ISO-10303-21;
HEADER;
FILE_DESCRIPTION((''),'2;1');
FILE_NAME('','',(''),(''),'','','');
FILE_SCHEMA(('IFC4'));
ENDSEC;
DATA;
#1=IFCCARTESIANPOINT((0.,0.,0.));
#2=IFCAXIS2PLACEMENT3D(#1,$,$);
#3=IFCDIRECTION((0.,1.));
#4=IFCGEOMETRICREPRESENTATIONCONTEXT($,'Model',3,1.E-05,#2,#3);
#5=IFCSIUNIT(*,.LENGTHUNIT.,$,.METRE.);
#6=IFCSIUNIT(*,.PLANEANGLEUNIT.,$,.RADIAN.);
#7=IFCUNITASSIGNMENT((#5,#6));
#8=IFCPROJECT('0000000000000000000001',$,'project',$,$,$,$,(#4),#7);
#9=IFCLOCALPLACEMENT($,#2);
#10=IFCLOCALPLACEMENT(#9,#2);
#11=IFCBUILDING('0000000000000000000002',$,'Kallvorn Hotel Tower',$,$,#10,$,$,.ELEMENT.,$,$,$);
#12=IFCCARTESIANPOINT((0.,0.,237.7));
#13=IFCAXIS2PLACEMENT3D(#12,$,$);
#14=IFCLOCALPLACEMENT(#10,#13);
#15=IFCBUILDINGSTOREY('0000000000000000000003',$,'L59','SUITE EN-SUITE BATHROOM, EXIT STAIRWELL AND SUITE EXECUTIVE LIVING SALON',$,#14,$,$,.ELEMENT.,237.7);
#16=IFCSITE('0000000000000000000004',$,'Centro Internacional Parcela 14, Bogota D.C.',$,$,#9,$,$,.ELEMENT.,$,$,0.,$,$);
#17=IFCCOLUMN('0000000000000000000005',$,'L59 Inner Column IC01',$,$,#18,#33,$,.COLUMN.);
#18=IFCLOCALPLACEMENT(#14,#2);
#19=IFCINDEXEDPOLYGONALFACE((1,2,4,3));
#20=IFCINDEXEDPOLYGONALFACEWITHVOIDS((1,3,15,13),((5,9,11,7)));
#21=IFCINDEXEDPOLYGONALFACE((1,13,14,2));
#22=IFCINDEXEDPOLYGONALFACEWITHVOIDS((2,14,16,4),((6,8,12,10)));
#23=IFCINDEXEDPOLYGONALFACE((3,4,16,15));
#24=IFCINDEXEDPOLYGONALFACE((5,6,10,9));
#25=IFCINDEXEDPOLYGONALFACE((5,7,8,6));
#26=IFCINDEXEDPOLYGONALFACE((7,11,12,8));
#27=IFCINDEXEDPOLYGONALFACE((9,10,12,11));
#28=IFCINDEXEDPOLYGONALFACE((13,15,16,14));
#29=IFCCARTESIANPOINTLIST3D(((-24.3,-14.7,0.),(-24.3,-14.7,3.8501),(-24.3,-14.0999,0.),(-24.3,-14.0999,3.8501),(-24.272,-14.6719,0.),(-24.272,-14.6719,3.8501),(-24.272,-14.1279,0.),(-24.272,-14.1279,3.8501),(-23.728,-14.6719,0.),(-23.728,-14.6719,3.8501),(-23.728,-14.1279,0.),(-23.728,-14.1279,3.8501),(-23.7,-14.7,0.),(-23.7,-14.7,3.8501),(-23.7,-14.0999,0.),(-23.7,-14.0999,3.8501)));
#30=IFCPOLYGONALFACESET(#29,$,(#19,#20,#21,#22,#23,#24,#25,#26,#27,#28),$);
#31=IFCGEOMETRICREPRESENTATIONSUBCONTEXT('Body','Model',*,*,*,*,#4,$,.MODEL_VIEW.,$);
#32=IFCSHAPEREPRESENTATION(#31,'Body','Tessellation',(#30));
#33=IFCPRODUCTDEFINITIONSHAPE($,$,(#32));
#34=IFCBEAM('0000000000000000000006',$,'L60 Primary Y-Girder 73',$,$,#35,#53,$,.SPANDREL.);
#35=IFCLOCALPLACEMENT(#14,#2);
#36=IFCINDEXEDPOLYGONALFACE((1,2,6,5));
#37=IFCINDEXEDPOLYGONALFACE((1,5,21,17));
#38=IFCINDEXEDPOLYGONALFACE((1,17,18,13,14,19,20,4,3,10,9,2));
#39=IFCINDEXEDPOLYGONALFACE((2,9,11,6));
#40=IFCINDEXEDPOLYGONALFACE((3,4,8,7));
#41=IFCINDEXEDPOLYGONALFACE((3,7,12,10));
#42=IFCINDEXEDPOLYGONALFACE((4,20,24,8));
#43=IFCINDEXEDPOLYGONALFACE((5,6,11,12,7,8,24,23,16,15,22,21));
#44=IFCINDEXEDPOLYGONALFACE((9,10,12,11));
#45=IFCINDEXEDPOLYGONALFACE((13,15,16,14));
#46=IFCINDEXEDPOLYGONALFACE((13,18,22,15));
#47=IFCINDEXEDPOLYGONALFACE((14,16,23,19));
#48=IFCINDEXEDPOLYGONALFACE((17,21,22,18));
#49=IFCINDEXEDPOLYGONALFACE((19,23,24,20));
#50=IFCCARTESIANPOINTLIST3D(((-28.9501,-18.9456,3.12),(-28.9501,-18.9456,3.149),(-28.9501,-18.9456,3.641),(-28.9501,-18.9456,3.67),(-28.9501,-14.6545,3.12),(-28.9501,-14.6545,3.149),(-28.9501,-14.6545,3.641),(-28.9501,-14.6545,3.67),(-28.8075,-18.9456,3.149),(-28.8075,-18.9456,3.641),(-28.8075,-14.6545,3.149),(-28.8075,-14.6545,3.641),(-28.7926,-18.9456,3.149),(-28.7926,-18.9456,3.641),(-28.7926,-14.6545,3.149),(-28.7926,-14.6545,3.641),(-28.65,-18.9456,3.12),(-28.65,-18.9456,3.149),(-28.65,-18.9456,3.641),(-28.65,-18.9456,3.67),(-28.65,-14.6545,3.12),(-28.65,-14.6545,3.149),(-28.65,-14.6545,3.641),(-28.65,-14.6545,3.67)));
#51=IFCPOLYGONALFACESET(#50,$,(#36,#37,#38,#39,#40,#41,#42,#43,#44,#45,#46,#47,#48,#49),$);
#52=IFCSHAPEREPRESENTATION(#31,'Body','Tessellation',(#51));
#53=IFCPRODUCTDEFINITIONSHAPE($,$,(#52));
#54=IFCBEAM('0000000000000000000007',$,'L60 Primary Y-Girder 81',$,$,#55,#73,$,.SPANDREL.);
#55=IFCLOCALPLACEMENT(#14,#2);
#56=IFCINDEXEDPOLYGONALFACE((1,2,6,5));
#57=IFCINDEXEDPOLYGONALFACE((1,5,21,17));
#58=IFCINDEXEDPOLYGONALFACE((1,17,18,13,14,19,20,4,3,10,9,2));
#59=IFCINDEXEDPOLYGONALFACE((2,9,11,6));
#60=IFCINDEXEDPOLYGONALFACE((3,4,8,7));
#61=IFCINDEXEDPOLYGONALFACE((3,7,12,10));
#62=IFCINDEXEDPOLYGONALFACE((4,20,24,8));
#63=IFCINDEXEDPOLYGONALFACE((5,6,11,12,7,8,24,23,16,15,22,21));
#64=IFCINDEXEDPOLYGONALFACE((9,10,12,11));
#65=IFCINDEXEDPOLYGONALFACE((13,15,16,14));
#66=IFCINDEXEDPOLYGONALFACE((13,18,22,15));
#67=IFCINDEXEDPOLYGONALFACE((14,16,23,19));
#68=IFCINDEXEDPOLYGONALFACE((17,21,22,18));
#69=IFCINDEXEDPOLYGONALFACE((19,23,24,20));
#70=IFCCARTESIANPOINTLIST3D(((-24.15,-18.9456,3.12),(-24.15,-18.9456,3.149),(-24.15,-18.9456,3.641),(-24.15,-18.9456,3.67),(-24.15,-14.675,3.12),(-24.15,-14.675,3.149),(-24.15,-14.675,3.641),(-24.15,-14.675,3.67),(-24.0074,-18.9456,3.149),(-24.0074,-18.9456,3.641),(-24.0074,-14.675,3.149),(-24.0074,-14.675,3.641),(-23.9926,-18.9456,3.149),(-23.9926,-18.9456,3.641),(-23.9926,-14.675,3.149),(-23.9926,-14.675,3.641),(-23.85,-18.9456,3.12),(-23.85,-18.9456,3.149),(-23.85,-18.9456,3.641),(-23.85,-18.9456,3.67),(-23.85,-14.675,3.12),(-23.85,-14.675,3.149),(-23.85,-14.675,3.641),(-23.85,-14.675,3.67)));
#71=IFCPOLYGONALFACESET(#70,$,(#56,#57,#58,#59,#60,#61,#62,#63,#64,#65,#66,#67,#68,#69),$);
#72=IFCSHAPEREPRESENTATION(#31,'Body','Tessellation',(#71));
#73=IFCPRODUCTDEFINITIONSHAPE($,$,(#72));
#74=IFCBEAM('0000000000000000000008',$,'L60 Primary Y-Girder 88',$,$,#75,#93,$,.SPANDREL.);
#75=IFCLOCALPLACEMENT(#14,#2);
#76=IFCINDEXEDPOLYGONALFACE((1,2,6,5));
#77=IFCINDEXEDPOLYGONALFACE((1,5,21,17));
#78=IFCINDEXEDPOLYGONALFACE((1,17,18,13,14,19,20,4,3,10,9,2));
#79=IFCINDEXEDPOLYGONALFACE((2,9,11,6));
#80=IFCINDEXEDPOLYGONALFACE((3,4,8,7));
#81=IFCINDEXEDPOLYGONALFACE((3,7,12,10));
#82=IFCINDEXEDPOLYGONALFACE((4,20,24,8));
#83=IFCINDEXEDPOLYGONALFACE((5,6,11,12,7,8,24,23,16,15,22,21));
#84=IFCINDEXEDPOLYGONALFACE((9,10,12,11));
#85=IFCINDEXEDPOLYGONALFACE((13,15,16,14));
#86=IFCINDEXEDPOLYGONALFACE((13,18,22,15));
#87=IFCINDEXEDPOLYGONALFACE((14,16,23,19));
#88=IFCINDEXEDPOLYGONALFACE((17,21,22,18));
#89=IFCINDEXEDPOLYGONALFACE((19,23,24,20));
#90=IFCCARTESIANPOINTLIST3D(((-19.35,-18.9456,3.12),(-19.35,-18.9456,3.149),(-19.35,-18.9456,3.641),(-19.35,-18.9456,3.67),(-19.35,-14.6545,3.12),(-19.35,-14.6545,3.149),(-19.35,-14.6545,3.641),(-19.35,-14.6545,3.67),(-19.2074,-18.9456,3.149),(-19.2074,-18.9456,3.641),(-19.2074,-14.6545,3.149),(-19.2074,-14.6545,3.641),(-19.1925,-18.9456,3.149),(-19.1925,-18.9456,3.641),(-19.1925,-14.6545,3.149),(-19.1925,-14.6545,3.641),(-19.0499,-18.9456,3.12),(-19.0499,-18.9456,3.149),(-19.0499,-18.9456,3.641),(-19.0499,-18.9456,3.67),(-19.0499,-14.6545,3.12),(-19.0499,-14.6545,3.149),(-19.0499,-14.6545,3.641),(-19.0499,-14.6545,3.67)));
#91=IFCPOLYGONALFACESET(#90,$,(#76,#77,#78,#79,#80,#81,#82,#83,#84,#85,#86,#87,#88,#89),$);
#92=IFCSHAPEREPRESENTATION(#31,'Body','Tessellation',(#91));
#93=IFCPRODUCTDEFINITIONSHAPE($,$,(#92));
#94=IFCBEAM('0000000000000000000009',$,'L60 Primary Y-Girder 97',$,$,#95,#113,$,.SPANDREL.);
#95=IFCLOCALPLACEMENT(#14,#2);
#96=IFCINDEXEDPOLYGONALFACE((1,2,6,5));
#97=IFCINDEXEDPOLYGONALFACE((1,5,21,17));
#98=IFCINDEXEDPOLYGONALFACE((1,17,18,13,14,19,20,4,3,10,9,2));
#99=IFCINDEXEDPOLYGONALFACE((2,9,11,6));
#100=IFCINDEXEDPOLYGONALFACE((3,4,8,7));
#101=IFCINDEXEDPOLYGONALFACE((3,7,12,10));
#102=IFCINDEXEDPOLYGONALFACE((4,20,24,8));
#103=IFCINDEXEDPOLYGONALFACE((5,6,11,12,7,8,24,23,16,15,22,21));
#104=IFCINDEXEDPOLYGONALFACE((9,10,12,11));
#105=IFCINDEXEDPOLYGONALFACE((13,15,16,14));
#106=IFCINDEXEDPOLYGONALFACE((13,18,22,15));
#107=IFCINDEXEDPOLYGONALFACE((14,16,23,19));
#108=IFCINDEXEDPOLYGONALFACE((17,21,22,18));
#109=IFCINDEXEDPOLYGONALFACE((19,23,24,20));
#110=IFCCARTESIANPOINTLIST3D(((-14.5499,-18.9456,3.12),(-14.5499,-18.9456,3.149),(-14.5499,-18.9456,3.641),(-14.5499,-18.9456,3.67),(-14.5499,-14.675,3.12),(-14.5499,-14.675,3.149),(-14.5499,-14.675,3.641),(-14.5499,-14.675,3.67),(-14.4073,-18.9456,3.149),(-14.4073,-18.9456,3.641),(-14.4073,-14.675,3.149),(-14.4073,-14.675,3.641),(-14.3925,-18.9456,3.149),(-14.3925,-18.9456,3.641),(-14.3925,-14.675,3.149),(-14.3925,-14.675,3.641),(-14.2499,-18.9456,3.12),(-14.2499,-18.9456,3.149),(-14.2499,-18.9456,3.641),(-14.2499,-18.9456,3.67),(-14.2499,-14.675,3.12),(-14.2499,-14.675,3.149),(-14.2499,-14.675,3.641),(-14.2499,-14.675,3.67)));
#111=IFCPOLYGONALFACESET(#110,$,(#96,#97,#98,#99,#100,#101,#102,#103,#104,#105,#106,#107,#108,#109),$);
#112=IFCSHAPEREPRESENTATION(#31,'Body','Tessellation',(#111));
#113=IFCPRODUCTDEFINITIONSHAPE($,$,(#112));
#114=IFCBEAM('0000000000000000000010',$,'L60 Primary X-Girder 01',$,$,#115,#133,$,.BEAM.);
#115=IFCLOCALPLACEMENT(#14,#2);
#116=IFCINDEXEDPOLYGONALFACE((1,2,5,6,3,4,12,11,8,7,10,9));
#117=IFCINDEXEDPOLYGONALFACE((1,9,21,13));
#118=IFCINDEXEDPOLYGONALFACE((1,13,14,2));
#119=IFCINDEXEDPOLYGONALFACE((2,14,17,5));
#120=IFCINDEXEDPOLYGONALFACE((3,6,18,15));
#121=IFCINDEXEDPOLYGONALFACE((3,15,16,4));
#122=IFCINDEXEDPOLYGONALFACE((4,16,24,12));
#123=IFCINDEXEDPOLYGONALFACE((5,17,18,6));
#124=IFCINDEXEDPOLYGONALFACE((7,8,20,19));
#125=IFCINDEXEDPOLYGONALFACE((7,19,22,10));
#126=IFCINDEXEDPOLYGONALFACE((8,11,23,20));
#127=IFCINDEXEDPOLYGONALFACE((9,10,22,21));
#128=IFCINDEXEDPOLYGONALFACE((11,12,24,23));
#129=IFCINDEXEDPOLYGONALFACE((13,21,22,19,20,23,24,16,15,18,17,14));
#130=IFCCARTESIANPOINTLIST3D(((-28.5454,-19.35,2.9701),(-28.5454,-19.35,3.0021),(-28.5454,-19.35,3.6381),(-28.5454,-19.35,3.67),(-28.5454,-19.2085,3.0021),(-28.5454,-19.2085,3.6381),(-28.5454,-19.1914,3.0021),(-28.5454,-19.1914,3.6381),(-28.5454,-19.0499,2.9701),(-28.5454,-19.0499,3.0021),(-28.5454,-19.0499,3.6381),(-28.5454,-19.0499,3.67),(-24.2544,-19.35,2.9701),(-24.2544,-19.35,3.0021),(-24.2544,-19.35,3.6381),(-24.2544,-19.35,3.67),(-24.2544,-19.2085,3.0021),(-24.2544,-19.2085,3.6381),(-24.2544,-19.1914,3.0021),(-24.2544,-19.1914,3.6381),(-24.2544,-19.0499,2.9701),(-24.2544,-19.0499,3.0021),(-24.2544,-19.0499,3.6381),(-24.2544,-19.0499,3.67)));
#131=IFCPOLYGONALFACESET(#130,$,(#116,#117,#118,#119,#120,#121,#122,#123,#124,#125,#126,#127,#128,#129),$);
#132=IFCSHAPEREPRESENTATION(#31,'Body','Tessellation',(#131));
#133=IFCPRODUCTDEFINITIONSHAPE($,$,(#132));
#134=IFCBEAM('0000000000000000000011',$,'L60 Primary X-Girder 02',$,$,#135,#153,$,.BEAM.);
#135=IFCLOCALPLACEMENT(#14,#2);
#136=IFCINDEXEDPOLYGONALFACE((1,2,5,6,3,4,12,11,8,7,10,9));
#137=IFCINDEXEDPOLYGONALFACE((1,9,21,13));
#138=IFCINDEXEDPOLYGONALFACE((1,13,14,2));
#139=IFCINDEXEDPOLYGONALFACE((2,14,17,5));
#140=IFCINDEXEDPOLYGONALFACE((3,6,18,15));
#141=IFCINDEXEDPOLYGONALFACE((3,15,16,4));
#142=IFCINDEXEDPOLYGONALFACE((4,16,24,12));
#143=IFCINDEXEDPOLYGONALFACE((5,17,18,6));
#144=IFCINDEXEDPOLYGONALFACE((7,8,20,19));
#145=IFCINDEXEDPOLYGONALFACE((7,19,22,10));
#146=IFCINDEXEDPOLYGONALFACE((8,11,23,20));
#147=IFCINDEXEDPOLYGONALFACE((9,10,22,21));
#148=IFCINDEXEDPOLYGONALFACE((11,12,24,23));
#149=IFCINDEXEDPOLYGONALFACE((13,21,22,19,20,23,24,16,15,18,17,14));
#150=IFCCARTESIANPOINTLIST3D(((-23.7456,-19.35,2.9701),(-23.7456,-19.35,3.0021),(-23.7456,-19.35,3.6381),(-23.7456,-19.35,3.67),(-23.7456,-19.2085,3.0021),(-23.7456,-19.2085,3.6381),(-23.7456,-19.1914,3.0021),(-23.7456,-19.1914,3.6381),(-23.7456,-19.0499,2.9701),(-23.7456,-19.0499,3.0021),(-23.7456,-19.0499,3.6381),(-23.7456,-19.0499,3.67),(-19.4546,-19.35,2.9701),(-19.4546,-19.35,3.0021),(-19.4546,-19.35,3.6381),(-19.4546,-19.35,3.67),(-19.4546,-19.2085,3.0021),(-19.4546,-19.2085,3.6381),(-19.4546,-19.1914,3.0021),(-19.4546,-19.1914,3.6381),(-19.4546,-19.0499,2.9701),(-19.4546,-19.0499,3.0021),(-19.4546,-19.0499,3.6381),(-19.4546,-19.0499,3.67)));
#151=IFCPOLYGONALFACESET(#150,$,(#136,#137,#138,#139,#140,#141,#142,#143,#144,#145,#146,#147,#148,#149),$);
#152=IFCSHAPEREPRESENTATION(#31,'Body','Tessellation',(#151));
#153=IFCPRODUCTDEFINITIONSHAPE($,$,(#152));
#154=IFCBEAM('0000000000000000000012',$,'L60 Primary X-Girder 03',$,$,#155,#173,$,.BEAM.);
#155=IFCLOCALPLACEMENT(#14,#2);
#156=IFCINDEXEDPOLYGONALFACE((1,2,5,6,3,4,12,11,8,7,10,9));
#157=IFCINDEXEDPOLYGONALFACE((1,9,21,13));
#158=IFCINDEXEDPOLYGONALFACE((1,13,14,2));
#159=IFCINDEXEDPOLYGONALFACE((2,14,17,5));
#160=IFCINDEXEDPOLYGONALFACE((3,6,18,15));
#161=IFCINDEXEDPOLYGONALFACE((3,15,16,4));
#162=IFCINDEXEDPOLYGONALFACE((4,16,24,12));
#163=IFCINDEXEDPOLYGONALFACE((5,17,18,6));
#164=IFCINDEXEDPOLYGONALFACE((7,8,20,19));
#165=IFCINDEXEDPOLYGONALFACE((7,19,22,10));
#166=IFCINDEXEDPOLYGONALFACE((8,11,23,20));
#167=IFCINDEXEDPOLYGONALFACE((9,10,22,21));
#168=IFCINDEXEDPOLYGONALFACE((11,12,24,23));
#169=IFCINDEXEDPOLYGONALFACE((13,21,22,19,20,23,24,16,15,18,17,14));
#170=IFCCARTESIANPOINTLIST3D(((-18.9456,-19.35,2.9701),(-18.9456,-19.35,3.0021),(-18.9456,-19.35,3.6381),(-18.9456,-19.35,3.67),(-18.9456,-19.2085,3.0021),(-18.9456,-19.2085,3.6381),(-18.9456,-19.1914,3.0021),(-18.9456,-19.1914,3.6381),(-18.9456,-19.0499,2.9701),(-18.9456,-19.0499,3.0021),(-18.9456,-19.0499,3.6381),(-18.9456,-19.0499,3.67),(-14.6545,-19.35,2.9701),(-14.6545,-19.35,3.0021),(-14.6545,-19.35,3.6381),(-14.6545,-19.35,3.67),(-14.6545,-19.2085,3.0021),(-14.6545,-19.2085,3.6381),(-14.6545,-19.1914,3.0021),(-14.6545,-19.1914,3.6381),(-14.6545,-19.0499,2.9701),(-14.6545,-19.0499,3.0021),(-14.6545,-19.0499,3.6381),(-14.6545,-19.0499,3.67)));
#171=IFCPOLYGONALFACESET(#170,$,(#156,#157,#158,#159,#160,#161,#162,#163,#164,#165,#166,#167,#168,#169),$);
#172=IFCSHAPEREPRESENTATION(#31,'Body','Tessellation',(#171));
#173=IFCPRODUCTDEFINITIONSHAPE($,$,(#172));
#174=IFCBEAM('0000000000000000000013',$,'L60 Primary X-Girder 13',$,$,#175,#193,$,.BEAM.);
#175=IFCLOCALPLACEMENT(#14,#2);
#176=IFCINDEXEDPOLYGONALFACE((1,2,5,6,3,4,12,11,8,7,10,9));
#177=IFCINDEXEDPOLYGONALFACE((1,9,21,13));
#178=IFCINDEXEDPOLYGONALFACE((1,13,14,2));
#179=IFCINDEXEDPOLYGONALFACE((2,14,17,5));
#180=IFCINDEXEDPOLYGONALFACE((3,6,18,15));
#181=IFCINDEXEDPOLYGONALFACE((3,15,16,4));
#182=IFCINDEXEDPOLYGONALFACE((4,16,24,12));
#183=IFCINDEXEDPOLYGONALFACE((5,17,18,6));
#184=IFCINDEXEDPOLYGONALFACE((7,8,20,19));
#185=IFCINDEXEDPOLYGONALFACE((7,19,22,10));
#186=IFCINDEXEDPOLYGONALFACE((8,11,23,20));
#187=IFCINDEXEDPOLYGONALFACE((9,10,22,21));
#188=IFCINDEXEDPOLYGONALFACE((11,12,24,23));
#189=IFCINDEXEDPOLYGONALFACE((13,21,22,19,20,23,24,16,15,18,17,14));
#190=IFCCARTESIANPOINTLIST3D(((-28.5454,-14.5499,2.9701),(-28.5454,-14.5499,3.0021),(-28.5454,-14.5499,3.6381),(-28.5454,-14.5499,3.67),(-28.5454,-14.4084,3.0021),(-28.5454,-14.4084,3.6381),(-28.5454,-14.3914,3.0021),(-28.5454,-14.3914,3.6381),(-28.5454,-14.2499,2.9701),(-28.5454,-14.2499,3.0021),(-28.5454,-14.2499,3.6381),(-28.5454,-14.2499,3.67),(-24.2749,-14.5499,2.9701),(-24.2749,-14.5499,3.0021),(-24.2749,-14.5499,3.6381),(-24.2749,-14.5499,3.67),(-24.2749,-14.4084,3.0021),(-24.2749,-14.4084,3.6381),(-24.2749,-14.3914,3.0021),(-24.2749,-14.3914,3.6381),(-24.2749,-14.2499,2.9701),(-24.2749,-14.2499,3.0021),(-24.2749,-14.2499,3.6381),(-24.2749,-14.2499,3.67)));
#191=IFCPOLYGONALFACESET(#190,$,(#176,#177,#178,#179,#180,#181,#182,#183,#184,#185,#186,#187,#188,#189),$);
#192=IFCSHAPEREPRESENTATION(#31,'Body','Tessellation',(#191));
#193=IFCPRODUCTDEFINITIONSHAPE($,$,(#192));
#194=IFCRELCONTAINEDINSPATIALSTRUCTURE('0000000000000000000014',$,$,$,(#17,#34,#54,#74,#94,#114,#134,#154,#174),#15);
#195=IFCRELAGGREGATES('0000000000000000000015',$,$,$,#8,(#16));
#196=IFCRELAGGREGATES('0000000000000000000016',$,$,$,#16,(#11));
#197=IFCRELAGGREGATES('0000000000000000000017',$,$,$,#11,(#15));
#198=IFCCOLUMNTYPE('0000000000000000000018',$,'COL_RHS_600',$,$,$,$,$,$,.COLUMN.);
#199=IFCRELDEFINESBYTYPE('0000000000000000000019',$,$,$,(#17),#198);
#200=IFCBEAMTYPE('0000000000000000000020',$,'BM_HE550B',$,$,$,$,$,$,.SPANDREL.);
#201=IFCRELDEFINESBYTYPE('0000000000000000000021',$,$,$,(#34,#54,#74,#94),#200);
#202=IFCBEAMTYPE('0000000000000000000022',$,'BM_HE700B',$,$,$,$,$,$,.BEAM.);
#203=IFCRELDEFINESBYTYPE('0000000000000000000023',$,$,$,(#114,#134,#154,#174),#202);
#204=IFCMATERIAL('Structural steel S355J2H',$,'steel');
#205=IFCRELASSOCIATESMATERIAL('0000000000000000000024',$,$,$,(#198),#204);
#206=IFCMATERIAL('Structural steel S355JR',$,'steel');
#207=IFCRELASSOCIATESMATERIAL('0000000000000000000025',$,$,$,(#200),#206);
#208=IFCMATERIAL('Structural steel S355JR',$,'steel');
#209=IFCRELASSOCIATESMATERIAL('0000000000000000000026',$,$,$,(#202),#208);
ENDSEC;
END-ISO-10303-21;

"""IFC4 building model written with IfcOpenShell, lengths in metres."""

from ifc_helpers import new_model, si_unit, direction, frame, origin, origin_2d, place, context, subcontext, project, spatial, hollow_rectangle, i_section, extrude, material, material_profile, profile_set, type_object, element, save


model = new_model("IFC4")

# Units and contexts
model_context = context("Model", 3, precision=1e-05, world=origin(), true_north=direction((0.0, 1.0)))
body_context = subcontext(model_context, "Body", "Model", "MODEL_VIEW")
ifc_project = project(units=[si_unit("LENGTHUNIT", "METRE"), si_unit("PLANEANGLEUNIT", "RADIAN")], contexts=[model_context])

# Site, building, storey
site_placement = place(None, origin())
site = spatial("IfcSite", under=ifc_project, at=site_placement, Name="Centro Internacional Parcela 14, Bogota D.C.", CompositionType="ELEMENT", RefElevation=0.0)
building_placement = place(site_placement, origin())
building = spatial("IfcBuilding", under=site, at=building_placement, Name="Kallvorn Hotel Tower", CompositionType="ELEMENT")
storey_placement = place(building_placement, frame((0.0, 0.0, 237.7)))
storey = spatial("IfcBuildingStorey", under=building, at=storey_placement, Name="L59", Description="SUITE EN-SUITE BATHROOM, EXIT STAIRWELL AND SUITE EXECUTIVE LIVING SALON", CompositionType="ELEMENT", Elevation=237.7)

# Column
ifc_material_1 = material(Name="Structural steel S355J2H", Category="steel")
ifc_material_profile_1 = material_profile(ifc_material_1, hollow_rectangle(XDim=0.6001, YDim=0.6001, WallThickness=0.0281, at=origin_2d()), Name="RHS 600x600x28")
ifc_profile_set_1 = profile_set([ifc_material_profile_1], Name="Structural steel S355J2H")
column_type_1 = type_object("IfcColumnType", Name="COL_RHS_600", PredefinedType="COLUMN", material=ifc_profile_set_1)
column_placement = place(storey_placement, frame((-24.0, -14.3999, 0.0), z_axis=(0.0, 0.0, 1.0), x_axis=(1.0, 0.0, 0.0)))
element("IfcColumn", 1, at=column_placement, inside=storey, type_object=column_type_1, Name="L59 Inner Column IC01", PredefinedType="COLUMN", context=body_context, shape_type="SweptSolid", body=[
    extrude(hollow_rectangle(XDim=0.6001, YDim=0.6001, WallThickness=0.0281, at=origin_2d()), origin(), (0.0, 0.0, 1.0), 3.8501),
])

# Beams
ifc_material_2 = material(Name="Structural steel S355JR", Category="steel")
ifc_material_profile_2 = material_profile(ifc_material_2, i_section(OverallWidth=0.3, OverallDepth=0.55, WebThickness=0.0149, FlangeThickness=0.0291, at=origin_2d()), Name="HE 550 B")
ifc_profile_set_2 = profile_set([ifc_material_profile_2], Name="Structural steel S355JR")
beam_type_1 = type_object("IfcBeamType", Name="BM_HE550B", PredefinedType="SPANDREL", material=ifc_profile_set_2)
beam_1_placement = place(storey_placement, frame((-28.8, -18.9456, 3.395), z_axis=(0.0, 1.0, 0.0), x_axis=(-1.0, 0.0, 0.0)))
element("IfcBeam", 2, at=beam_1_placement, inside=storey, type_object=beam_type_1, Name="L60 Primary Y-Girder 73", PredefinedType="SPANDREL", context=body_context, shape_type="SweptSolid", body=[
    extrude(i_section(OverallWidth=0.3, OverallDepth=0.55, WebThickness=0.0149, FlangeThickness=0.0291, at=origin_2d()), origin(), (0.0, 0.0, 1.0), 4.291),
])
beam_2_placement = place(storey_placement, frame((-24.0, -18.9456, 3.395), z_axis=(0.0, 1.0, 0.0), x_axis=(-1.0, 0.0, 0.0)))
element("IfcBeam", 3, at=beam_2_placement, inside=storey, type_object=beam_type_1, Name="L60 Primary Y-Girder 81", PredefinedType="SPANDREL", context=body_context, shape_type="SweptSolid", body=[
    extrude(i_section(OverallWidth=0.3, OverallDepth=0.55, WebThickness=0.0149, FlangeThickness=0.0291, at=origin_2d()), origin(), (0.0, 0.0, 1.0), 4.2705),
])
beam_3_placement = place(storey_placement, frame((-19.2, -18.9456, 3.395), z_axis=(0.0, 1.0, 0.0), x_axis=(-1.0, 0.0, 0.0)))
element("IfcBeam", 4, at=beam_3_placement, inside=storey, type_object=beam_type_1, Name="L60 Primary Y-Girder 88", PredefinedType="SPANDREL", context=body_context, shape_type="SweptSolid", body=[
    extrude(i_section(OverallWidth=0.3, OverallDepth=0.55, WebThickness=0.0149, FlangeThickness=0.0291, at=origin_2d()), origin(), (0.0, 0.0, 1.0), 4.291),
])
beam_4_placement = place(storey_placement, frame((-14.3999, -18.9456, 3.395), z_axis=(0.0, 1.0, 0.0), x_axis=(-1.0, 0.0, 0.0)))
element("IfcBeam", 5, at=beam_4_placement, inside=storey, type_object=beam_type_1, Name="L60 Primary Y-Girder 97", PredefinedType="SPANDREL", context=body_context, shape_type="SweptSolid", body=[
    extrude(i_section(OverallWidth=0.3, OverallDepth=0.55, WebThickness=0.0149, FlangeThickness=0.0291, at=origin_2d()), origin(), (0.0, 0.0, 1.0), 4.2705),
])
ifc_material_3 = material(Name="Structural steel S355JR", Category="steel")
ifc_material_profile_3 = material_profile(ifc_material_3, i_section(OverallWidth=0.3, OverallDepth=0.7, WebThickness=0.0171, FlangeThickness=0.032, at=origin_2d()), Name="HE 700 B")
ifc_profile_set_3 = profile_set([ifc_material_profile_3], Name="Structural steel S355JR")
beam_type_2 = type_object("IfcBeamType", Name="BM_HE700B", PredefinedType="BEAM", material=ifc_profile_set_3)
for number, where, z_axis, x_axis, name in (
    (6, (-28.5454, -19.2, 3.3201), (1.0, 0.0, 0.0), (0.0, 1.0, 0.0), "L60 Primary X-Girder 01"),
    (7, (-23.7456, -19.2, 3.3201), (1.0, 0.0, 0.0), (0.0, 1.0, 0.0), "L60 Primary X-Girder 02"),
    (8, (-18.9456, -19.2, 3.3201), (1.0, 0.0, 0.0), (0.0, 1.0, 0.0), "L60 Primary X-Girder 03"),
):
    element("IfcBeam", number, at=place(storey_placement, frame(where, z_axis=z_axis, x_axis=x_axis)), inside=storey, type_object=beam_type_2, Name=name, PredefinedType="BEAM", context=body_context, shape_type="SweptSolid", body=[
        extrude(i_section(OverallWidth=0.3, OverallDepth=0.7, WebThickness=0.0171, FlangeThickness=0.032, at=origin_2d()), origin(), (0.0, 0.0, 1.0), 4.291),
    ])
for number, where, z_axis, x_axis, name in (
    (9, (-28.5454, -14.3999, 3.3201), (1.0, 0.0, 0.0), (0.0, 1.0, 0.0), "L60 Primary X-Girder 13"),
):
    element("IfcBeam", number, at=place(storey_placement, frame(where, z_axis=z_axis, x_axis=x_axis)), inside=storey, type_object=beam_type_2, Name=name, PredefinedType="BEAM", context=body_context, shape_type="SweptSolid", body=[
        extrude(i_section(OverallWidth=0.3, OverallDepth=0.7, WebThickness=0.0171, FlangeThickness=0.032, at=origin_2d()), origin(), (0.0, 0.0, 1.0), 4.2705),
    ])

save(model, "model.ifc")
